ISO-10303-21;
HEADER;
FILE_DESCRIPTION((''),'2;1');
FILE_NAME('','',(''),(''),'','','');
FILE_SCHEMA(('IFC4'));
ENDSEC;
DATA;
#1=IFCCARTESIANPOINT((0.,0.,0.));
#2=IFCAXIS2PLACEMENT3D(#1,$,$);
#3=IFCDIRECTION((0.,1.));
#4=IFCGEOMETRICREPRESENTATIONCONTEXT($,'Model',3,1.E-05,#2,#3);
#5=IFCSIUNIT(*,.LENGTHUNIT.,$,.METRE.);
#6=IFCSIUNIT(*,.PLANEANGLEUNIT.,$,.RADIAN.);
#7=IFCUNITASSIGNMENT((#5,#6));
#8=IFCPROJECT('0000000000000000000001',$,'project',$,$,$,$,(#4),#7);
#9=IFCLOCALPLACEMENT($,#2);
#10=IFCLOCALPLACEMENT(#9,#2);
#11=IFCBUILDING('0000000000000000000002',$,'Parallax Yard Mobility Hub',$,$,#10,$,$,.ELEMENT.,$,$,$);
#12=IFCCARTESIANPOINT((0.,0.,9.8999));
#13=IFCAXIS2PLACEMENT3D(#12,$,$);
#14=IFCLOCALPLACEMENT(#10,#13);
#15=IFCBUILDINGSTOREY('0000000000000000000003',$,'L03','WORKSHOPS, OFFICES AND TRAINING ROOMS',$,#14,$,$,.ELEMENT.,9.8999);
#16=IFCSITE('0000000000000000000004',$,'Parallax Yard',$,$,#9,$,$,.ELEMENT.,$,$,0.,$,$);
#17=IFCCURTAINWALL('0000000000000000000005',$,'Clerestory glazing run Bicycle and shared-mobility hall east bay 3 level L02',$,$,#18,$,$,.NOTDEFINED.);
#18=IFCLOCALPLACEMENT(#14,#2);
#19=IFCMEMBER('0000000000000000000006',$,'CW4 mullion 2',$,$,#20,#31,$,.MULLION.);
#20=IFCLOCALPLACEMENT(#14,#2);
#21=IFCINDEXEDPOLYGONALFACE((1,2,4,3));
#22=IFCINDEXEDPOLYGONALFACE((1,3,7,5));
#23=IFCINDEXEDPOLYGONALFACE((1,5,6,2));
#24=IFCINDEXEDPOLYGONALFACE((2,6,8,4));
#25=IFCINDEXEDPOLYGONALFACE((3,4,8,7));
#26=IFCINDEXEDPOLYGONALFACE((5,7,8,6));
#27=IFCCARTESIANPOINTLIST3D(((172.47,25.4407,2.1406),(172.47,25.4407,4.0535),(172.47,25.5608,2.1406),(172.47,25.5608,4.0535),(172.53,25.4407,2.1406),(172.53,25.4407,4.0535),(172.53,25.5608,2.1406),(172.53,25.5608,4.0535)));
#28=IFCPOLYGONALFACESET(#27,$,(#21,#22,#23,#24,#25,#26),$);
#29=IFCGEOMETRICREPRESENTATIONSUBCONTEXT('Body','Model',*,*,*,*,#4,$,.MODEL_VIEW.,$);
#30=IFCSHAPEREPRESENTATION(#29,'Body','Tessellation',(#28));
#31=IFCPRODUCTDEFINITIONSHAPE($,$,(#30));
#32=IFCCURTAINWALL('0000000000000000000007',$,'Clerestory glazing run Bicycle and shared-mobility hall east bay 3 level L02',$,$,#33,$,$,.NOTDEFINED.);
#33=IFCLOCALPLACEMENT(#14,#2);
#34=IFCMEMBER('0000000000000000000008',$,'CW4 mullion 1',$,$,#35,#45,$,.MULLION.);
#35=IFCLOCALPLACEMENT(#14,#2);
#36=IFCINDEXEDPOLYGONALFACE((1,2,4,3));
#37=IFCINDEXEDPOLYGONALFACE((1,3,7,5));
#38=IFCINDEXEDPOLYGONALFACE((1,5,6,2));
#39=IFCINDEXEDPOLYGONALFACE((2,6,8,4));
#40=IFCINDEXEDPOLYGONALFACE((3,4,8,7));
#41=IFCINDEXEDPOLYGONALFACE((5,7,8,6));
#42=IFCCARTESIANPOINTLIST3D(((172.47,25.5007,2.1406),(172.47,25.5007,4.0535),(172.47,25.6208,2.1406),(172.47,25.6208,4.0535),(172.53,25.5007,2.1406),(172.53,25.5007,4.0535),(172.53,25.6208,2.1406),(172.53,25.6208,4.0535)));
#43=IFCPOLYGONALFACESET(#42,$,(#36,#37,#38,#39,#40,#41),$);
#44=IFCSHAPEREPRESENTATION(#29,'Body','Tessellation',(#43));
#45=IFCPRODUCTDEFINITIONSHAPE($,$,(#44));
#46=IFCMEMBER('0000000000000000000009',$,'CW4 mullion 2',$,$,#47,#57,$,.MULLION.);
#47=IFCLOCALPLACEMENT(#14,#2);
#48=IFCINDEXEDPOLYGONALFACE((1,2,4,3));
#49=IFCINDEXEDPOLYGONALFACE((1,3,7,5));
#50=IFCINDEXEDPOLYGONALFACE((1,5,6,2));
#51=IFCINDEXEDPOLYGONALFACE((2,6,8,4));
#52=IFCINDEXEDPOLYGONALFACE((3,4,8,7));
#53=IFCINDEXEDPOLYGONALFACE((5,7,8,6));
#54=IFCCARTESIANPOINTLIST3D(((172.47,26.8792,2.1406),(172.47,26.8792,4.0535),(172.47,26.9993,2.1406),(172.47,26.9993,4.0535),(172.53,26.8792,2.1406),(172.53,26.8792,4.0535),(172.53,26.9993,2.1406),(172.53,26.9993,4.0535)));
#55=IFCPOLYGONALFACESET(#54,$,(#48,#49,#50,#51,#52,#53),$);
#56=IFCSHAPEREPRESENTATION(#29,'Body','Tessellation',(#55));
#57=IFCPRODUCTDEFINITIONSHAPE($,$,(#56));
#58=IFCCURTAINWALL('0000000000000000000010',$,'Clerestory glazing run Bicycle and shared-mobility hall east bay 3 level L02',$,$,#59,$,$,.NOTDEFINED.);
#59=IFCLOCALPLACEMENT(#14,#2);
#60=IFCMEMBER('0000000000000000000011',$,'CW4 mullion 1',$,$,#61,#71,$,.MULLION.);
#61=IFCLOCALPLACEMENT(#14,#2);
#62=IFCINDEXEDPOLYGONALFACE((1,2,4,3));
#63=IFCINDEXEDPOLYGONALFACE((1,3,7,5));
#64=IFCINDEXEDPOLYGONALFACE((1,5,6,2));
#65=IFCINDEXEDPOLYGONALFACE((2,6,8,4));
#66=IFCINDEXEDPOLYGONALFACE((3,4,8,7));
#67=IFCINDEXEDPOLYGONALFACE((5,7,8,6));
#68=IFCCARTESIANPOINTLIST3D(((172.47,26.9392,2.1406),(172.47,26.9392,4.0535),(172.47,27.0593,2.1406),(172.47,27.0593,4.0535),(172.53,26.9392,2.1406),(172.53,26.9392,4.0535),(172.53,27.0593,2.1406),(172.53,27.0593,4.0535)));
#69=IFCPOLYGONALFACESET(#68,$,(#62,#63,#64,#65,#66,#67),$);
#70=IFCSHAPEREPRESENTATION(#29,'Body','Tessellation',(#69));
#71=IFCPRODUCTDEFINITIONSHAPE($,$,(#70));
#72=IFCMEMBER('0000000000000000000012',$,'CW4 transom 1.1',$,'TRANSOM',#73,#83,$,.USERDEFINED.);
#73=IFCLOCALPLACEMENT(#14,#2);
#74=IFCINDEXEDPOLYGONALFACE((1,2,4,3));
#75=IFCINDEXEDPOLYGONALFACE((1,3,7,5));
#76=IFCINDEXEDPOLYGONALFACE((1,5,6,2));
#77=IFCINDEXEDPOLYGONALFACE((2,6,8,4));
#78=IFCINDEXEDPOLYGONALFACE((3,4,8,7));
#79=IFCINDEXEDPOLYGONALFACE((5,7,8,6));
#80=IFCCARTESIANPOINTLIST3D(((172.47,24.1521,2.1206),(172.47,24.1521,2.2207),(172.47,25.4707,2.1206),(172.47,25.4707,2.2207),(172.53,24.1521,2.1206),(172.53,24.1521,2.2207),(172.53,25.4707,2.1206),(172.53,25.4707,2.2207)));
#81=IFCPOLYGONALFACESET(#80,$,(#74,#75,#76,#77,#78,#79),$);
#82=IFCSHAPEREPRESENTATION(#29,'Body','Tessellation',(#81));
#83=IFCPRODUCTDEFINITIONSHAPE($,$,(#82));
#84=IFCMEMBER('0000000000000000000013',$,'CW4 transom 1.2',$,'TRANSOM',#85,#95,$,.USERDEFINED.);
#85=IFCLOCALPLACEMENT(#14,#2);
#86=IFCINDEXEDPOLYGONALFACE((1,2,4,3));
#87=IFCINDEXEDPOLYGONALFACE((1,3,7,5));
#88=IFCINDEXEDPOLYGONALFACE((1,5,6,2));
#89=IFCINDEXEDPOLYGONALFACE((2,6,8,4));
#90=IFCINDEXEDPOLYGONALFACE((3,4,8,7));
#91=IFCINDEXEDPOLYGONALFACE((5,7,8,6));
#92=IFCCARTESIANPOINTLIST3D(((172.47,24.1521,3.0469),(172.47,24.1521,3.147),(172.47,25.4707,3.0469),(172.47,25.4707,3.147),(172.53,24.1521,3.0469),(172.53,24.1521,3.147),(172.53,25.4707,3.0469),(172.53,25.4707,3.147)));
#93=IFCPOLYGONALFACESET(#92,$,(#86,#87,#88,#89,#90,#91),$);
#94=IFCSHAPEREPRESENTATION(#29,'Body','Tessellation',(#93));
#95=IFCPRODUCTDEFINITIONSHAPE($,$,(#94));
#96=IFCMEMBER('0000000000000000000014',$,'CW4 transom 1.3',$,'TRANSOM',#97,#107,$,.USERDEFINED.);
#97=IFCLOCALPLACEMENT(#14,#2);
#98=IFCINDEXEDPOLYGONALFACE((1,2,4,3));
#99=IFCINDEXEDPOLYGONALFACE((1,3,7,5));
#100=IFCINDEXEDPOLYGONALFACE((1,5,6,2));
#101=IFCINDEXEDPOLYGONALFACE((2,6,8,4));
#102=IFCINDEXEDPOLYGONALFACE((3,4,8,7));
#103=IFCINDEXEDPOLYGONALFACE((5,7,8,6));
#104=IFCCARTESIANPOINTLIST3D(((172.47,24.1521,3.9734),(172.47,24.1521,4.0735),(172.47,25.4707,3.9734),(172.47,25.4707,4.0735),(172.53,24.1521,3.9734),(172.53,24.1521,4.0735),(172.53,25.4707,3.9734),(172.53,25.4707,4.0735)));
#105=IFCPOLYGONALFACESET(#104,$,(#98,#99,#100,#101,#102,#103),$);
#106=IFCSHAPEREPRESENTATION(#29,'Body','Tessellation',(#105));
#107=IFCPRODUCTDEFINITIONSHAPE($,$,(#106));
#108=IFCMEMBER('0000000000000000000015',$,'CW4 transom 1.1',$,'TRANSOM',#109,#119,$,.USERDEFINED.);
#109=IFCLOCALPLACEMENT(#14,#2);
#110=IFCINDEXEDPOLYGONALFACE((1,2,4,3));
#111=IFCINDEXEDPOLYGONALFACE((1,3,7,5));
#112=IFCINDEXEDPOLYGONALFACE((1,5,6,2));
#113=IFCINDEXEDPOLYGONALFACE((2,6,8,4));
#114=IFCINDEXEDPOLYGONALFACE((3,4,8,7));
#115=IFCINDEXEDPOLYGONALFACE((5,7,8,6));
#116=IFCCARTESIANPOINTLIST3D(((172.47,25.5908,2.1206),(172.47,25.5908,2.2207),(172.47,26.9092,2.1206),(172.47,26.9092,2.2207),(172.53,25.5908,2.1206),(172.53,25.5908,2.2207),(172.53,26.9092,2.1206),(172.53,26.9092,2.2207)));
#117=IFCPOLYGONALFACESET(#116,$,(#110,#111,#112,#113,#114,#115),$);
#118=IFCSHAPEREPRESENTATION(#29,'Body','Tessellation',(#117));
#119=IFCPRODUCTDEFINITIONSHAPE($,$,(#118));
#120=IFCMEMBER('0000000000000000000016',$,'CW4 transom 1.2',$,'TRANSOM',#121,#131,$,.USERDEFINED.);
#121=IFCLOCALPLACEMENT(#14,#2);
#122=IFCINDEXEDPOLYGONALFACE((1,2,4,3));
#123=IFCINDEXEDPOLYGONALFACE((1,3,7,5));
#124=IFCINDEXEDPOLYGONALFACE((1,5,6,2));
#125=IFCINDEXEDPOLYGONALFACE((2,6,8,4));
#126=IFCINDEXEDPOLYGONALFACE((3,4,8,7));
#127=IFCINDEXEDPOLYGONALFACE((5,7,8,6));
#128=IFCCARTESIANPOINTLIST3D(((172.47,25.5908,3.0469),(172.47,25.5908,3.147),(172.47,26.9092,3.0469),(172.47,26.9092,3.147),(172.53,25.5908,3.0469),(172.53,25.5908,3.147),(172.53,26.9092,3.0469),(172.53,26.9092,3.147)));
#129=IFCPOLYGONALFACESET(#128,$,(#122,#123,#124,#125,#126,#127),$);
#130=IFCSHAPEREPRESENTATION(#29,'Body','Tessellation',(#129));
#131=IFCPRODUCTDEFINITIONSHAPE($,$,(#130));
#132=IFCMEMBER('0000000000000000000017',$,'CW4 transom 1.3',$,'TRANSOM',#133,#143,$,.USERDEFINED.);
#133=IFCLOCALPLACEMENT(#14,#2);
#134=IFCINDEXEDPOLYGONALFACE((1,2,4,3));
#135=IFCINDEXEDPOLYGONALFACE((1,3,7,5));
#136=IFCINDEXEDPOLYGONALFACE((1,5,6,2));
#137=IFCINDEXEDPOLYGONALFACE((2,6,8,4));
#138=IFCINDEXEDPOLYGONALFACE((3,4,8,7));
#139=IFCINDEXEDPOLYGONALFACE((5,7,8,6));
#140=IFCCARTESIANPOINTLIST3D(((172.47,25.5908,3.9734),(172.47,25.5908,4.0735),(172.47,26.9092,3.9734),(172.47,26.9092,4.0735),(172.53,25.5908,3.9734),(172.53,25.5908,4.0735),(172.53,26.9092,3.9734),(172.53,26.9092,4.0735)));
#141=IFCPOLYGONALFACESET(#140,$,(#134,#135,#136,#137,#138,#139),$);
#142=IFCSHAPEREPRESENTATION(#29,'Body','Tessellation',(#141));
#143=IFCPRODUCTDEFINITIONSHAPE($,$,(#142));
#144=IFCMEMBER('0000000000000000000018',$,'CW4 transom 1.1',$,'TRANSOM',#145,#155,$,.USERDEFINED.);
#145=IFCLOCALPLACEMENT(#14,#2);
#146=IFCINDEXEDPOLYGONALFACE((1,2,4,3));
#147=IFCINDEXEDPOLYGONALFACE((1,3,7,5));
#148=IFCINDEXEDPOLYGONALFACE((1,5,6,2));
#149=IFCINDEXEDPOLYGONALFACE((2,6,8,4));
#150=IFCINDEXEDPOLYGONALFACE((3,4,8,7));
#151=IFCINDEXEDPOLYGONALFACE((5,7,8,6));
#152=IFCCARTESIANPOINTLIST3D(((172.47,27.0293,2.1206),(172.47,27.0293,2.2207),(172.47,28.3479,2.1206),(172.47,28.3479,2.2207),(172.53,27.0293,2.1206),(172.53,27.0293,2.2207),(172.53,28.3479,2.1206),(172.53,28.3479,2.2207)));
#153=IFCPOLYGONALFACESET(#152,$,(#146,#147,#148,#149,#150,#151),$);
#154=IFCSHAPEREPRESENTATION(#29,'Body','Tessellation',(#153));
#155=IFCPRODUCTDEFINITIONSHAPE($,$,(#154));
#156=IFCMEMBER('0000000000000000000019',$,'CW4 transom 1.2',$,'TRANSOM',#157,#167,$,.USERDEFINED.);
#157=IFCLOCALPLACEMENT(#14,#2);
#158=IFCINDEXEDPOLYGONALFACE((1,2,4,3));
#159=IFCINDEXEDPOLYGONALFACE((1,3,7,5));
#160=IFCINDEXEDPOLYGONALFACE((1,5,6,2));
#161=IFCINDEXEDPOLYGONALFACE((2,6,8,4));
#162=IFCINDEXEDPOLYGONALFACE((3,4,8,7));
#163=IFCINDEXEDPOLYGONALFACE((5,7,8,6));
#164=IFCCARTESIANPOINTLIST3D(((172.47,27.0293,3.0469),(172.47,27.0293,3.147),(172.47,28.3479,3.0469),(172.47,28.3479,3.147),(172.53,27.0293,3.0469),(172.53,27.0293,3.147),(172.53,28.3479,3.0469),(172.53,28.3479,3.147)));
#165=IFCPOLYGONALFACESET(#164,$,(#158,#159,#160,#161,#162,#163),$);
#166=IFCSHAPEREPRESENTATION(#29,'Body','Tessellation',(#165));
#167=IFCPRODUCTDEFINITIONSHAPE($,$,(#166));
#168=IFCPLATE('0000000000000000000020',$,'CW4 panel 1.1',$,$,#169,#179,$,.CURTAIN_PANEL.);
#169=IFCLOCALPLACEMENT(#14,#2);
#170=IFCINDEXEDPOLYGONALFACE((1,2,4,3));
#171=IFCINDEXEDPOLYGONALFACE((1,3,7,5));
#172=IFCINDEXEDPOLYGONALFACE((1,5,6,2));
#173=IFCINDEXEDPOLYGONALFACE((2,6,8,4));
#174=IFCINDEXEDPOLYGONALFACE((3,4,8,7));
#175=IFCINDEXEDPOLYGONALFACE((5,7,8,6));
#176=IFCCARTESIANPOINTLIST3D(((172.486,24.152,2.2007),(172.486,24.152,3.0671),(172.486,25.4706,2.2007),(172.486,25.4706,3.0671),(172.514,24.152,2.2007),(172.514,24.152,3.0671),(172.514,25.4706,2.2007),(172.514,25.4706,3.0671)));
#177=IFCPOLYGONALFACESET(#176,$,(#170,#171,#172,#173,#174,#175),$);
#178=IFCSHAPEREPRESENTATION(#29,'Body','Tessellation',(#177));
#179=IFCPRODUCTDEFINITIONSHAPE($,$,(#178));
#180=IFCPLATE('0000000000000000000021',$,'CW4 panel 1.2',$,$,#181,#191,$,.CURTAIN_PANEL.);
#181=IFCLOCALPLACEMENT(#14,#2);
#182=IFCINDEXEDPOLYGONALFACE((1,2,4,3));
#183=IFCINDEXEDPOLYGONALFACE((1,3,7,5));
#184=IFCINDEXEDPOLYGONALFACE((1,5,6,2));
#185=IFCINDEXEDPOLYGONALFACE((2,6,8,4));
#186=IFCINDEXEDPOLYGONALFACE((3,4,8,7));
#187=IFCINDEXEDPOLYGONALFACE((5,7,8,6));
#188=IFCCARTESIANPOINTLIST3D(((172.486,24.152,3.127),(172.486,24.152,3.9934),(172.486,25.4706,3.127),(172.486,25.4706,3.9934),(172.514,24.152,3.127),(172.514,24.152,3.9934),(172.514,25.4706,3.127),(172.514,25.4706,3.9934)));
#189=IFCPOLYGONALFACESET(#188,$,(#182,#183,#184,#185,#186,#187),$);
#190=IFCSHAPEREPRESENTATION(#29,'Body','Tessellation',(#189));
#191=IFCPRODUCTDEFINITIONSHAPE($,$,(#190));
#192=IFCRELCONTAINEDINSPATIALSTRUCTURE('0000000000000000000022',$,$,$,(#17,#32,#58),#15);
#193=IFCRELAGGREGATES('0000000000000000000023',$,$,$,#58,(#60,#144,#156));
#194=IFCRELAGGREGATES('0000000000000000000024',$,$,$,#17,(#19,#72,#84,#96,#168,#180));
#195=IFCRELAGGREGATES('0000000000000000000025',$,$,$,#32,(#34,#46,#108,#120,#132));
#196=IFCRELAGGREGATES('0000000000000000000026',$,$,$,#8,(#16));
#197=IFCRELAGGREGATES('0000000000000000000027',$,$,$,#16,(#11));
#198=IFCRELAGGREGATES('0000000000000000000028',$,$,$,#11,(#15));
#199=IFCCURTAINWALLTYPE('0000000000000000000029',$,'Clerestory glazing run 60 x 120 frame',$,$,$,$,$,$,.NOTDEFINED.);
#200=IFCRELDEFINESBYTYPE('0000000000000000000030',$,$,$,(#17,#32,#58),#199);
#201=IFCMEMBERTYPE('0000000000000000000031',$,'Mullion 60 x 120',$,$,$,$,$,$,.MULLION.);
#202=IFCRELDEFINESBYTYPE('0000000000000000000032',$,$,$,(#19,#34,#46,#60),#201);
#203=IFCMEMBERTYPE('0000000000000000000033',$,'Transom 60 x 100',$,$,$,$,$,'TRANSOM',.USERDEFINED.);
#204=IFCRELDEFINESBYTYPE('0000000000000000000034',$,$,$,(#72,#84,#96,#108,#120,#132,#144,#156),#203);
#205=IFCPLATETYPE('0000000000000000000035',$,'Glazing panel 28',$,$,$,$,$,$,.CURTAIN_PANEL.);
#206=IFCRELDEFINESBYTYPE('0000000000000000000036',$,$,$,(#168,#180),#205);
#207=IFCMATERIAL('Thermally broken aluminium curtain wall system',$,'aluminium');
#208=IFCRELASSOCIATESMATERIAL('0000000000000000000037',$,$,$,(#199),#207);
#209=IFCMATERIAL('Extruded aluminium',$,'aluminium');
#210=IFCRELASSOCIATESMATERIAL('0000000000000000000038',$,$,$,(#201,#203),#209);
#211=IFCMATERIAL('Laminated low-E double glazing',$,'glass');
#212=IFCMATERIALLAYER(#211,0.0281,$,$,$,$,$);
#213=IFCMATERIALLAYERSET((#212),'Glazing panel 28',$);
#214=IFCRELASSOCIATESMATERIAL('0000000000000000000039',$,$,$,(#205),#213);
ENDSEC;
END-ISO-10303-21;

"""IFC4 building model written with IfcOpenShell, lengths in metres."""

from ifc_helpers import new_model, si_unit, direction, frame, origin, origin_2d, place, context, subcontext, project, spatial, rectangle, extrude, material, layer, layer_set, material_profile, profile_set, type_object, element, aggregate, save


model = new_model("IFC4")

# Units and contexts
model_context = context("Model", 3, precision=1e-05, world=origin(), true_north=direction((0.0, 1.0)))
body_context = subcontext(model_context, "Body", "Model", "MODEL_VIEW")
ifc_project = project(units=[si_unit("LENGTHUNIT", "METRE"), si_unit("PLANEANGLEUNIT", "RADIAN")], contexts=[model_context])

# Site, building, storey
site_placement = place(None, origin())
site = spatial("IfcSite", under=ifc_project, at=site_placement, Name="Parallax Yard", CompositionType="ELEMENT", RefElevation=0.0)
building_placement = place(site_placement, origin())
building = spatial("IfcBuilding", under=site, at=building_placement, Name="Parallax Yard Mobility Hub", CompositionType="ELEMENT")
storey_placement = place(building_placement, frame((0.0, 0.0, 9.8999)))
storey = spatial("IfcBuildingStorey", under=building, at=storey_placement, Name="L03", Description="WORKSHOPS, OFFICES AND TRAINING ROOMS", CompositionType="ELEMENT", Elevation=9.8999)

# Curtain wall, member
ifc_material_1 = material(Name="Thermally broken aluminium curtain wall system", Category="aluminium")
curtain_wall_type = type_object("IfcCurtainWallType", Name="Clerestory glazing run 60 x 120 frame", PredefinedType="NOTDEFINED", material=ifc_material_1)
curtain_wall_1_placement = place(storey_placement, origin())
curtain_wall_1 = element("IfcCurtainWall", 1, at=curtain_wall_1_placement, inside=storey, type_object=curtain_wall_type, Name="Clerestory glazing run Bicycle and shared-mobility hall east bay 3 level L02", PredefinedType="NOTDEFINED")
ifc_material_2 = material(Name="Extruded aluminium", Category="aluminium")
ifc_material_profile_1 = material_profile(ifc_material_2, rectangle(XDim=0.0601, YDim=0.1201, at=origin_2d()), Name="Mullion 60 x 120")
ifc_profile_set_1 = profile_set([ifc_material_profile_1], Name="Extruded aluminium")
member_type_1 = type_object("IfcMemberType", Name="Mullion 60 x 120", PredefinedType="MULLION", material=ifc_profile_set_1)
member_1_placement = place(storey_placement, frame((172.5, 25.5007, 2.1406), z_axis=(0.0, 0.0, 1.0), x_axis=(-1.0, 0.0, 0.0)))
member_1 = element("IfcMember", 2, at=member_1_placement, type_object=member_type_1, Name="CW4 mullion 2", PredefinedType="MULLION", context=body_context, shape_type="SweptSolid", body=[
    extrude(rectangle(XDim=0.0601, YDim=0.1201, at=origin_2d()), origin(), (0.0, 0.0, 1.0), 1.9128),
])

# Curtain wall, members
curtain_wall_2_placement = place(storey_placement, origin())
curtain_wall_2 = element("IfcCurtainWall", 3, at=curtain_wall_2_placement, inside=storey, type_object=curtain_wall_type, Name="Clerestory glazing run Bicycle and shared-mobility hall east bay 3 level L02", PredefinedType="NOTDEFINED")
member_2_placement = place(storey_placement, frame((172.5, 25.5608, 2.1406), z_axis=(0.0, 0.0, 1.0), x_axis=(-1.0, 0.0, 0.0)))
member_2 = element("IfcMember", 4, at=member_2_placement, type_object=member_type_1, Name="CW4 mullion 1", PredefinedType="MULLION", context=body_context, shape_type="SweptSolid", body=[
    extrude(rectangle(XDim=0.0601, YDim=0.1201, at=origin_2d()), origin(), (0.0, 0.0, 1.0), 1.9128),
])
member_3_placement = place(storey_placement, frame((172.5, 26.9392, 2.1406), z_axis=(0.0, 0.0, 1.0), x_axis=(-1.0, 0.0, 0.0)))
member_3 = element("IfcMember", 5, at=member_3_placement, type_object=member_type_1, Name="CW4 mullion 2", PredefinedType="MULLION", context=body_context, shape_type="SweptSolid", body=[
    extrude(rectangle(XDim=0.0601, YDim=0.1201, at=origin_2d()), origin(), (0.0, 0.0, 1.0), 1.9128),
])

# Curtain wall, member
curtain_wall_3_placement = place(storey_placement, origin())
curtain_wall_3 = element("IfcCurtainWall", 6, at=curtain_wall_3_placement, inside=storey, type_object=curtain_wall_type, Name="Clerestory glazing run Bicycle and shared-mobility hall east bay 3 level L02", PredefinedType="NOTDEFINED")
member_4_placement = place(storey_placement, frame((172.5, 26.9993, 2.1406), z_axis=(0.0, 0.0, 1.0), x_axis=(-1.0, 0.0, 0.0)))
member_4 = element("IfcMember", 7, at=member_4_placement, type_object=member_type_1, Name="CW4 mullion 1", PredefinedType="MULLION", context=body_context, shape_type="SweptSolid", body=[
    extrude(rectangle(XDim=0.0601, YDim=0.1201, at=origin_2d()), origin(), (0.0, 0.0, 1.0), 1.9128),
])

# Members
ifc_material_profile_2 = material_profile(ifc_material_2, rectangle(XDim=0.0601, YDim=0.1001, at=origin_2d()), Name="Transom 60 x 100")
ifc_profile_set_2 = profile_set([ifc_material_profile_2], Name="Extruded aluminium")
member_type_2 = type_object("IfcMemberType", Name="Transom 60 x 100", ElementType="TRANSOM", PredefinedType="USERDEFINED", material=ifc_profile_set_2)
member_5_placement = place(storey_placement, frame((172.5, 24.1521, 2.1707), z_axis=(0.0, 1.0, 0.0), x_axis=(-1.0, 0.0, 0.0)))
member_5 = element("IfcMember", 8, at=member_5_placement, type_object=member_type_2, Name="CW4 transom 1.1", ObjectType="TRANSOM", PredefinedType="USERDEFINED", context=body_context, shape_type="SweptSolid", body=[
    extrude(rectangle(XDim=0.0601, YDim=0.1001, at=origin_2d()), origin(), (0.0, 0.0, 1.0), 1.3186),
])
member_6_placement = place(storey_placement, frame((172.5, 24.1521, 3.0969), z_axis=(0.0, 1.0, 0.0), x_axis=(-1.0, 0.0, 0.0)))
member_6 = element("IfcMember", 9, at=member_6_placement, type_object=member_type_2, Name="CW4 transom 1.2", ObjectType="TRANSOM", PredefinedType="USERDEFINED", context=body_context, shape_type="SweptSolid", body=[
    extrude(rectangle(XDim=0.0601, YDim=0.1001, at=origin_2d()), origin(), (0.0, 0.0, 1.0), 1.3186),
])
member_7_placement = place(storey_placement, frame((172.5, 24.1521, 4.0234), z_axis=(0.0, 1.0, 0.0), x_axis=(-1.0, 0.0, 0.0)))
member_7 = element("IfcMember", 10, at=member_7_placement, type_object=member_type_2, Name="CW4 transom 1.3", ObjectType="TRANSOM", PredefinedType="USERDEFINED", context=body_context, shape_type="SweptSolid", body=[
    extrude(rectangle(XDim=0.0601, YDim=0.1001, at=origin_2d()), origin(), (0.0, 0.0, 1.0), 1.3186),
])
member_8_placement = place(storey_placement, frame((172.5, 25.5908, 2.1707), z_axis=(0.0, 1.0, 0.0), x_axis=(-1.0, 0.0, 0.0)))
member_8 = element("IfcMember", 11, at=member_8_placement, type_object=member_type_2, Name="CW4 transom 1.1", ObjectType="TRANSOM", PredefinedType="USERDEFINED", context=body_context, shape_type="SweptSolid", body=[
    extrude(rectangle(XDim=0.0601, YDim=0.1001, at=origin_2d()), origin(), (0.0, 0.0, 1.0), 1.3184),
])
member_9_placement = place(storey_placement, frame((172.5, 25.5908, 3.0969), z_axis=(0.0, 1.0, 0.0), x_axis=(-1.0, 0.0, 0.0)))
member_9 = element("IfcMember", 12, at=member_9_placement, type_object=member_type_2, Name="CW4 transom 1.2", ObjectType="TRANSOM", PredefinedType="USERDEFINED", context=body_context, shape_type="SweptSolid", body=[
    extrude(rectangle(XDim=0.0601, YDim=0.1001, at=origin_2d()), origin(), (0.0, 0.0, 1.0), 1.3184),
])
member_10_placement = place(storey_placement, frame((172.5, 25.5908, 4.0234), z_axis=(0.0, 1.0, 0.0), x_axis=(-1.0, 0.0, 0.0)))
member_10 = element("IfcMember", 13, at=member_10_placement, type_object=member_type_2, Name="CW4 transom 1.3", ObjectType="TRANSOM", PredefinedType="USERDEFINED", context=body_context, shape_type="SweptSolid", body=[
    extrude(rectangle(XDim=0.0601, YDim=0.1001, at=origin_2d()), origin(), (0.0, 0.0, 1.0), 1.3184),
])
member_11_placement = place(storey_placement, frame((172.5, 27.0293, 2.1707), z_axis=(0.0, 1.0, 0.0), x_axis=(-1.0, 0.0, 0.0)))
member_11 = element("IfcMember", 14, at=member_11_placement, type_object=member_type_2, Name="CW4 transom 1.1", ObjectType="TRANSOM", PredefinedType="USERDEFINED", context=body_context, shape_type="SweptSolid", body=[
    extrude(rectangle(XDim=0.0601, YDim=0.1001, at=origin_2d()), origin(), (0.0, 0.0, 1.0), 1.3186),
])
member_12_placement = place(storey_placement, frame((172.5, 27.0293, 3.0969), z_axis=(0.0, 1.0, 0.0), x_axis=(-1.0, 0.0, 0.0)))
member_12 = element("IfcMember", 15, at=member_12_placement, type_object=member_type_2, Name="CW4 transom 1.2", ObjectType="TRANSOM", PredefinedType="USERDEFINED", context=body_context, shape_type="SweptSolid", body=[
    extrude(rectangle(XDim=0.0601, YDim=0.1001, at=origin_2d()), origin(), (0.0, 0.0, 1.0), 1.3186),
])
aggregate(curtain_wall_3, [member_4, member_11, member_12])

# Plates
ifc_material_3 = material(Name="Laminated low-E double glazing", Category="glass")
ifc_layer = layer(ifc_material_3, 0.0281)
ifc_layer_set = layer_set([ifc_layer], Name="Glazing panel 28")
plate_type = type_object("IfcPlateType", Name="Glazing panel 28", PredefinedType="CURTAIN_PANEL", material=ifc_layer_set)
plate_1_placement = place(storey_placement, frame((172.5, 24.8113, 2.2007), z_axis=(0.0, 0.0, 1.0), x_axis=(0.0, 1.0, 0.0)))
plate_1 = element("IfcPlate", 16, at=plate_1_placement, type_object=plate_type, Name="CW4 panel 1.1", PredefinedType="CURTAIN_PANEL", context=body_context, shape_type="SweptSolid", body=[
    extrude(rectangle(XDim=1.3186, YDim=0.0281, at=origin_2d()), origin(), (0.0, 0.0, 1.0), 0.8665),
])
plate_2_placement = place(storey_placement, frame((172.5, 24.8113, 3.127), z_axis=(0.0, 0.0, 1.0), x_axis=(0.0, 1.0, 0.0)))
plate_2 = element("IfcPlate", 17, at=plate_2_placement, type_object=plate_type, Name="CW4 panel 1.2", PredefinedType="CURTAIN_PANEL", context=body_context, shape_type="SweptSolid", body=[
    extrude(rectangle(XDim=1.3186, YDim=0.0281, at=origin_2d()), origin(), (0.0, 0.0, 1.0), 0.8665),
])
aggregate(curtain_wall_1, [member_1, member_5, member_6, member_7, plate_1, plate_2])
aggregate(curtain_wall_2, [member_2, member_3, member_8, member_9, member_10])

save(model, "model.ifc")
